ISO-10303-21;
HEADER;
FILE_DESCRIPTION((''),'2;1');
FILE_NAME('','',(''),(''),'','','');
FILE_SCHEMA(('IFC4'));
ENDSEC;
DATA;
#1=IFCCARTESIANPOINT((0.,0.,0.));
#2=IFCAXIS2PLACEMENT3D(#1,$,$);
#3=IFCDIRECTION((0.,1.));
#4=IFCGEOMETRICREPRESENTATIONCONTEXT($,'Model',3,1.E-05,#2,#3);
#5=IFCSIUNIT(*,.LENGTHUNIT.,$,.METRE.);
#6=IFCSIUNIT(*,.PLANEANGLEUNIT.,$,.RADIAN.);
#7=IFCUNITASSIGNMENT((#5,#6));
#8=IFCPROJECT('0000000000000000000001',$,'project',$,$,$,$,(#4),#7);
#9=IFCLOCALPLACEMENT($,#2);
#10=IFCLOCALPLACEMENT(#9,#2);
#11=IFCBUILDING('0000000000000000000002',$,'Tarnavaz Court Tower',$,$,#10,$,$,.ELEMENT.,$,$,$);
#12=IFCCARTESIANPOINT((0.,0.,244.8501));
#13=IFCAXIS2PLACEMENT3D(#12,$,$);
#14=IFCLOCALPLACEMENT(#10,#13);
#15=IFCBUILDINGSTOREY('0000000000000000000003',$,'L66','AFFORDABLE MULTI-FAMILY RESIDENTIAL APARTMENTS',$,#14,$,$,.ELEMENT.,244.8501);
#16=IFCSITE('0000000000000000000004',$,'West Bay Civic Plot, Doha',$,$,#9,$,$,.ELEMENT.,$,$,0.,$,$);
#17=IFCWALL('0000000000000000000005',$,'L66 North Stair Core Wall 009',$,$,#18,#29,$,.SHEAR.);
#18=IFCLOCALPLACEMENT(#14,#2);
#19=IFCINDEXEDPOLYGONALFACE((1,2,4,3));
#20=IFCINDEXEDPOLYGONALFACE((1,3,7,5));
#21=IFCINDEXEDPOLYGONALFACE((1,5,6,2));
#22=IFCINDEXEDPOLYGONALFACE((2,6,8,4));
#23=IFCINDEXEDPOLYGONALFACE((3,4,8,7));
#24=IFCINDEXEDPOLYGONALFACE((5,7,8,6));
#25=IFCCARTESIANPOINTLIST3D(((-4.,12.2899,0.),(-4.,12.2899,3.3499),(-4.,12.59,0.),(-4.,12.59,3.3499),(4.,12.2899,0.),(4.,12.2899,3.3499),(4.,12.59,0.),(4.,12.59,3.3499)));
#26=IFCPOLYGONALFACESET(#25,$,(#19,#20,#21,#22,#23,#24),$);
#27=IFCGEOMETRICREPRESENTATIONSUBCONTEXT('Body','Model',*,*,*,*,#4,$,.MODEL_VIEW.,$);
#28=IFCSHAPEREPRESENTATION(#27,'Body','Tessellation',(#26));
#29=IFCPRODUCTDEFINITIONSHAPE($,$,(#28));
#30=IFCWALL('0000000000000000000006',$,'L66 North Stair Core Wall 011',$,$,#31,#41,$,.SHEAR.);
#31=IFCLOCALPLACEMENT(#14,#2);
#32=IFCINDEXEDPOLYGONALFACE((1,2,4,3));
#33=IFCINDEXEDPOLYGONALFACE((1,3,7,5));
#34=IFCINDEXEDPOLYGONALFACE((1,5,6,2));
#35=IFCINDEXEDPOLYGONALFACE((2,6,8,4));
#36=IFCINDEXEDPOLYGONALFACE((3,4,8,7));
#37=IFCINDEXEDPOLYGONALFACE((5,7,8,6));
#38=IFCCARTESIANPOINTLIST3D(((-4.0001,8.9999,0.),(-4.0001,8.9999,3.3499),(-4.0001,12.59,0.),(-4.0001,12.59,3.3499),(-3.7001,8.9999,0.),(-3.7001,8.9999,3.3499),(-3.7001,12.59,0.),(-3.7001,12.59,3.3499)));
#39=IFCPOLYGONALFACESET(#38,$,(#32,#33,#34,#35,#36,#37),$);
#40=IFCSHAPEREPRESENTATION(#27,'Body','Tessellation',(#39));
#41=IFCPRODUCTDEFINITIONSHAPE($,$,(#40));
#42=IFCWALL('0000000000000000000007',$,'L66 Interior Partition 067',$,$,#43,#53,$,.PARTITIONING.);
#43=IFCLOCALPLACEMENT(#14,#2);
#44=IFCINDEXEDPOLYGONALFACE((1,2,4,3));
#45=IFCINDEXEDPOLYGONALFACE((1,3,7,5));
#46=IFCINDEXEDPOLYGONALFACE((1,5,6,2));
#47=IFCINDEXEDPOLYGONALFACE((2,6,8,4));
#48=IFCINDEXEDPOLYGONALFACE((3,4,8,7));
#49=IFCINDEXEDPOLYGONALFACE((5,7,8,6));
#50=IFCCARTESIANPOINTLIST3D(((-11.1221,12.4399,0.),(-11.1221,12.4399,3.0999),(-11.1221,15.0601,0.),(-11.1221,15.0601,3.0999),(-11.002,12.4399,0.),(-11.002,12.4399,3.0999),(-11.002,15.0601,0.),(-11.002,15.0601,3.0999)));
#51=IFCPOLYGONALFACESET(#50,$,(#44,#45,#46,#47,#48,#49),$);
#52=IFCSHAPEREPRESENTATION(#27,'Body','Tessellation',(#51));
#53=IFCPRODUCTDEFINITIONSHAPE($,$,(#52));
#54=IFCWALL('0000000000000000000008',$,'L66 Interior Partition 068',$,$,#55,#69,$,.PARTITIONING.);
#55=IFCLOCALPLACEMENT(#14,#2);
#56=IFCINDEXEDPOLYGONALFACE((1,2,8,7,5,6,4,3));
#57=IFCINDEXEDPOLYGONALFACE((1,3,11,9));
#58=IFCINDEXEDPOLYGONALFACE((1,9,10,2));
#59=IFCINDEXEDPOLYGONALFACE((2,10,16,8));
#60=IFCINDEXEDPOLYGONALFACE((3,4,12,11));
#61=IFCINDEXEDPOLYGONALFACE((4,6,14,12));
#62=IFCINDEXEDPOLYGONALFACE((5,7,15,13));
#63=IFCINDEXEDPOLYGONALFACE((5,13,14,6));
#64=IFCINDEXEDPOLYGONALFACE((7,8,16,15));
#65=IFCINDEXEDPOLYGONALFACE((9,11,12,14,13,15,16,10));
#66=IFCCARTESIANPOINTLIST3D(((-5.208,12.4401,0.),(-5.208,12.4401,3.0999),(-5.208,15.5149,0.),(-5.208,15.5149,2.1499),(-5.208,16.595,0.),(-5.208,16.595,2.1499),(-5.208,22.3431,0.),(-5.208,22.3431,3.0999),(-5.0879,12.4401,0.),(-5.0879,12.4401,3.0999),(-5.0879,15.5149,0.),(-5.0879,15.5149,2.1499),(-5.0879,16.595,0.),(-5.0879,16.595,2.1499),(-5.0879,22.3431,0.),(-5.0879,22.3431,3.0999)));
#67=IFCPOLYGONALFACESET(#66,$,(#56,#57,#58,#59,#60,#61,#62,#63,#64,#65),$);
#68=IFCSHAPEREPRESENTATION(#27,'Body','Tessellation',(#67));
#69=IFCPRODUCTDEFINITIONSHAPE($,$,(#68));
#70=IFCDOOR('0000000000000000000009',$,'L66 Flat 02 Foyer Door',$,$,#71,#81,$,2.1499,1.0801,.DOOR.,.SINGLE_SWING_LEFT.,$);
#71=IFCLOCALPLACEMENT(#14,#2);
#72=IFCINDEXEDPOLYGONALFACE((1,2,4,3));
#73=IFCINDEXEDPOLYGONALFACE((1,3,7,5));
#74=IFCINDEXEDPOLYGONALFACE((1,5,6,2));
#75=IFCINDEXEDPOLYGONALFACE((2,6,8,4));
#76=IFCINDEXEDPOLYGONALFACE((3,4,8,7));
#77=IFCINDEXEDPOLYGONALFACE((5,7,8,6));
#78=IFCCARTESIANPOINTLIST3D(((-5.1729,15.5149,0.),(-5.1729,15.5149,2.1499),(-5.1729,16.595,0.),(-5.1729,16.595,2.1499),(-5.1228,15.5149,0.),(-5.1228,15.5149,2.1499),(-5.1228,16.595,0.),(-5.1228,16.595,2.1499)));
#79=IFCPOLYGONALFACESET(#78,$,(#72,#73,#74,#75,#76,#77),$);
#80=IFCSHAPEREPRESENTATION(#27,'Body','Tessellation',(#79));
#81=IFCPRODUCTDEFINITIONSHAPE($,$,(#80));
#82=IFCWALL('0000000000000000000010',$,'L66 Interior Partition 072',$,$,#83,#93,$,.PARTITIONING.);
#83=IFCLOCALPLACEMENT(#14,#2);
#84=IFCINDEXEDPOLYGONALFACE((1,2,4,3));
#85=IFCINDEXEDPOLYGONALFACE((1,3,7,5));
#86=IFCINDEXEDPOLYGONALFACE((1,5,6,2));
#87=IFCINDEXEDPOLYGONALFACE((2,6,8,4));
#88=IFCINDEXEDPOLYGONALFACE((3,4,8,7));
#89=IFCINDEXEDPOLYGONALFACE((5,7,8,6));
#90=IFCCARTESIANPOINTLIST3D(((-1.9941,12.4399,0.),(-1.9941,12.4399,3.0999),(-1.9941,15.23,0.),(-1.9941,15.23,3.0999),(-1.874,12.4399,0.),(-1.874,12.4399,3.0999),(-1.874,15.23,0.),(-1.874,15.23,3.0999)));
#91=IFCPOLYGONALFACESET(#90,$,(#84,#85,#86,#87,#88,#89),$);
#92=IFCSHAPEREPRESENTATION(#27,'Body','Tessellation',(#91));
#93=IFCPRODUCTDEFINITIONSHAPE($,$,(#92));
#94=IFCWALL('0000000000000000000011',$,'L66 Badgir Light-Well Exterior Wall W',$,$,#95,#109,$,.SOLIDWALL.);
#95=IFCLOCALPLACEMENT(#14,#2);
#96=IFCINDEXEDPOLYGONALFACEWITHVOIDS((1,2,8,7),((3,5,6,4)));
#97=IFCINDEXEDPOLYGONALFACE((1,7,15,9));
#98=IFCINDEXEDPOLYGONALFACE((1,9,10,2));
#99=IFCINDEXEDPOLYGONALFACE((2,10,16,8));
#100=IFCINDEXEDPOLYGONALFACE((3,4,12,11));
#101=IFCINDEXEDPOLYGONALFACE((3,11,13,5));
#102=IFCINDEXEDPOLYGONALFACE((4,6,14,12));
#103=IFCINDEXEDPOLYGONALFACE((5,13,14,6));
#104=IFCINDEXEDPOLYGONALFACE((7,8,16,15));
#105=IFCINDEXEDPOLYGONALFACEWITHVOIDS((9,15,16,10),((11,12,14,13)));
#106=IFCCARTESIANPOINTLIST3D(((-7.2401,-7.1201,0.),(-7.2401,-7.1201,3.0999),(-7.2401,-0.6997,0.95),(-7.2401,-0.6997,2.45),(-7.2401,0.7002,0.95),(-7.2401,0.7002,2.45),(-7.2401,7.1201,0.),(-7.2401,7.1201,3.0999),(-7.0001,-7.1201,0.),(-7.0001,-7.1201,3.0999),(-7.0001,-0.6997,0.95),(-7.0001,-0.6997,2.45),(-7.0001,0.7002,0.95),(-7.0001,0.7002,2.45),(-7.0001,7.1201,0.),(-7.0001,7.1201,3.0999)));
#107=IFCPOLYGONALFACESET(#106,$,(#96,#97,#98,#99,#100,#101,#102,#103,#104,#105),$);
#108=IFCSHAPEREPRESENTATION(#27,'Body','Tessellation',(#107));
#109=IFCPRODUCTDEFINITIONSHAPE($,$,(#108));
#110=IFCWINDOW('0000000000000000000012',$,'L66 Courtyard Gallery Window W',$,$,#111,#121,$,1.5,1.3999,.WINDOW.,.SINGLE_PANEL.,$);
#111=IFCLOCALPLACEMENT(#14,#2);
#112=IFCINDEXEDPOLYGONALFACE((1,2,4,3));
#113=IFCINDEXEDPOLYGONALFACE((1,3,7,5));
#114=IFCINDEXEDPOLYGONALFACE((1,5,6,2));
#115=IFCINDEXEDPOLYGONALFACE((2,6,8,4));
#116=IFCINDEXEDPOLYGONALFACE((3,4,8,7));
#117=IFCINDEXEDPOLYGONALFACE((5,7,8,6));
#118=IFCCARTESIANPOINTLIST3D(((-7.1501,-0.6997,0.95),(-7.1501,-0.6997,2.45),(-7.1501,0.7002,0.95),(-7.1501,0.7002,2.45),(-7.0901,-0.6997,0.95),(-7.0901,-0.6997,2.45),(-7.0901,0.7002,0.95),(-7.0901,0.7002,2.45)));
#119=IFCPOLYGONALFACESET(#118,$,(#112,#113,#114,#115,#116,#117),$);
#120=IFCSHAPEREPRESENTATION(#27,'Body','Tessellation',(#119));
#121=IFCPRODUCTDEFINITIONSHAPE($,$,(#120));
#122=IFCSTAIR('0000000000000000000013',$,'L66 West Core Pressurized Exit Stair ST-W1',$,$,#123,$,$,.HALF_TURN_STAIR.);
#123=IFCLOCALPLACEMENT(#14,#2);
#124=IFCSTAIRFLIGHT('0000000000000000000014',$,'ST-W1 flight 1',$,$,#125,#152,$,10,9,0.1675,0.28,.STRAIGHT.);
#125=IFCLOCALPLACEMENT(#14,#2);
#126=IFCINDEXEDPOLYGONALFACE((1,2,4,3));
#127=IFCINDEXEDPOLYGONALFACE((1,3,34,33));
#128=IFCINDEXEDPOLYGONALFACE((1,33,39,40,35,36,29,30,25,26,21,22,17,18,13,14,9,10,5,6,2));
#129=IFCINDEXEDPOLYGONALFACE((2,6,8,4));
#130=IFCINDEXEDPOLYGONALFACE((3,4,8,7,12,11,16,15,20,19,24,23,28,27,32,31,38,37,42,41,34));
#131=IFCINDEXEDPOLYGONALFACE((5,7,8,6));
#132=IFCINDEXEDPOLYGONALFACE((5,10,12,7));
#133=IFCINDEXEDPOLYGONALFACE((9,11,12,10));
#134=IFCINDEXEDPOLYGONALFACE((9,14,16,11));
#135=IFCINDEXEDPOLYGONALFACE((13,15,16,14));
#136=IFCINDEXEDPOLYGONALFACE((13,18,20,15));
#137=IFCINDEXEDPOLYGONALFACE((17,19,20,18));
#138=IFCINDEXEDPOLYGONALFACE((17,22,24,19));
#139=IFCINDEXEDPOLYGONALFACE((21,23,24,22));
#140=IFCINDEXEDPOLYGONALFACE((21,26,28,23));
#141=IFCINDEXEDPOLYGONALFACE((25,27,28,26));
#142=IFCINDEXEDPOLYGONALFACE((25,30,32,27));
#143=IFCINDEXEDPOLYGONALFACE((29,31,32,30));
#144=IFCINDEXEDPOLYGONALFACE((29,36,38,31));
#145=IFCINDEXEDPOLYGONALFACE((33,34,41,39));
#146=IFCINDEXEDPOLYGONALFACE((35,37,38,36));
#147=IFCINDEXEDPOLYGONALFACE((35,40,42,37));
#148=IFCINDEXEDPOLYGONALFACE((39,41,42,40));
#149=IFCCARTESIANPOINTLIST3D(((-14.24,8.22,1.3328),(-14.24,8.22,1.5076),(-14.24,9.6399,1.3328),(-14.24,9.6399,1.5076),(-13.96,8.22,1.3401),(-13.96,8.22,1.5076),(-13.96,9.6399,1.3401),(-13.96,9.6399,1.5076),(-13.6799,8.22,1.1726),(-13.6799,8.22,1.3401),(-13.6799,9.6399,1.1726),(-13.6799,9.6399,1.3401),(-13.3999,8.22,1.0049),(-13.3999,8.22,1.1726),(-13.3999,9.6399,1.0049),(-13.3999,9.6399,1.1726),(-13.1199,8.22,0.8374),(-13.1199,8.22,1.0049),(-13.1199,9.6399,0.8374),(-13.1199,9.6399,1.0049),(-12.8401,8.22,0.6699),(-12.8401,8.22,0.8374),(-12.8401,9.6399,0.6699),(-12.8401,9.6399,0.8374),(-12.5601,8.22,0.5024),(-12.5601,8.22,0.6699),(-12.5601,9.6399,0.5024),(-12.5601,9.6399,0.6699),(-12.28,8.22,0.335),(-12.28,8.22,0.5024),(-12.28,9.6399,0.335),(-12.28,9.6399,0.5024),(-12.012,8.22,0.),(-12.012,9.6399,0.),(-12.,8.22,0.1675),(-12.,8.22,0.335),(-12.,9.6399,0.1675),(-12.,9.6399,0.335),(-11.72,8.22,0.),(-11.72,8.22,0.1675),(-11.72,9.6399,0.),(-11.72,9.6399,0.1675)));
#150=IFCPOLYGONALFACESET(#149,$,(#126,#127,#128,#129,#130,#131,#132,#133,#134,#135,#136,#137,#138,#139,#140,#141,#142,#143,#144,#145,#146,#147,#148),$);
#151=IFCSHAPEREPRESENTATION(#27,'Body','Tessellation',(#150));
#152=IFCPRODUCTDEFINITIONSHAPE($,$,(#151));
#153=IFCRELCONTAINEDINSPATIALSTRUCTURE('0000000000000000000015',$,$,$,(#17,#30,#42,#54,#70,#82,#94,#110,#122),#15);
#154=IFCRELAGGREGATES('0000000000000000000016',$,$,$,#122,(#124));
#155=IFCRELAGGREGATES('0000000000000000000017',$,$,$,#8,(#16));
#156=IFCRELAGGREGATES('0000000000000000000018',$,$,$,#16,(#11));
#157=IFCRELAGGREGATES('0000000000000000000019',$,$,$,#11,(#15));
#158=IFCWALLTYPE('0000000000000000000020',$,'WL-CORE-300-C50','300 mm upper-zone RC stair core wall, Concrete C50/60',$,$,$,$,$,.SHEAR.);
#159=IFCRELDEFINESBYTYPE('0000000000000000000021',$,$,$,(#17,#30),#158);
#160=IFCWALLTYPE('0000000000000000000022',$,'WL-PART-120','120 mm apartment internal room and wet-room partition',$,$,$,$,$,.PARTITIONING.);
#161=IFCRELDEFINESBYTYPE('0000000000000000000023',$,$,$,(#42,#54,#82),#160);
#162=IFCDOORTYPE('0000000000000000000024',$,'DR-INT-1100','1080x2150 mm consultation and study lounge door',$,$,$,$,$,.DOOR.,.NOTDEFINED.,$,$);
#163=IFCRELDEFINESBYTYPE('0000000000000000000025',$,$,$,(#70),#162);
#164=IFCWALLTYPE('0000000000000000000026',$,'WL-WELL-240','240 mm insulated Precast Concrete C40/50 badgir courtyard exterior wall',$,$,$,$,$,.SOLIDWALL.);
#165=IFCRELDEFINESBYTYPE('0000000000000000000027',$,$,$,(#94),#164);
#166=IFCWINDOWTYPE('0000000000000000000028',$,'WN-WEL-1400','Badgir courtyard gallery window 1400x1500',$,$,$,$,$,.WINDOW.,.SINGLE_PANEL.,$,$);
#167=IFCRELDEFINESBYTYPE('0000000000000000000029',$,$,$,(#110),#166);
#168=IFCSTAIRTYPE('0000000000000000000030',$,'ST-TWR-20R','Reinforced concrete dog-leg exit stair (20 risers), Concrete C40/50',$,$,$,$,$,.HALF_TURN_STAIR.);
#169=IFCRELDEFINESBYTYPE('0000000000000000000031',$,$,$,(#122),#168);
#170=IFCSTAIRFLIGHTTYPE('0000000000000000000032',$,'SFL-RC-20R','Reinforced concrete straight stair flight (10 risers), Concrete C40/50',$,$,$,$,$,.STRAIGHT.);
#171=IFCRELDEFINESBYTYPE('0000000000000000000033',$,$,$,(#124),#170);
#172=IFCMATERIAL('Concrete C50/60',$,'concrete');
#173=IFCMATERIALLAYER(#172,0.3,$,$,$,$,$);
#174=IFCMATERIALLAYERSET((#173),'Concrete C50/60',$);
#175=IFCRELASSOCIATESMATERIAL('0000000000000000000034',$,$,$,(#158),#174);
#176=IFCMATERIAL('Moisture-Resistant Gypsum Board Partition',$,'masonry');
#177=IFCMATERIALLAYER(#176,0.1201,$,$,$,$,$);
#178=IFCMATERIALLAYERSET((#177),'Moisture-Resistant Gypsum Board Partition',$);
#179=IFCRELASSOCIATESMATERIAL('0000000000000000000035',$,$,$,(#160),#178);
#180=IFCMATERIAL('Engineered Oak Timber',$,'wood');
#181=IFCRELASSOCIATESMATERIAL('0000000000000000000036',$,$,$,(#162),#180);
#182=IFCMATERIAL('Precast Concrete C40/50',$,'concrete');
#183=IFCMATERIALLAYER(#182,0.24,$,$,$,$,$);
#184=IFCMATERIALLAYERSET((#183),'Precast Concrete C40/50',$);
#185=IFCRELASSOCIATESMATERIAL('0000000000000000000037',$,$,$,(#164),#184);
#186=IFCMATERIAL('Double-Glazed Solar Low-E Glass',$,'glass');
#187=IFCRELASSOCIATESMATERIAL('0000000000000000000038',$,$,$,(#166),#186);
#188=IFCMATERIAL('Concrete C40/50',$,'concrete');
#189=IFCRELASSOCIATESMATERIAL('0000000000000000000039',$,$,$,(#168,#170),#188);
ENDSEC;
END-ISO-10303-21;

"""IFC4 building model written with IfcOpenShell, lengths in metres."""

from ifc_helpers import new_model, si_unit, direction, frame, frame_2d, origin, place, context, subcontext, project, spatial, polyline, rectangle, outline, extrude, material, layer, layer_set, type_object, element, fill, aggregate, save


model = new_model("IFC4")

# Units and contexts
model_context = context("Model", 3, precision=1e-05, world=origin(), true_north=direction((0.0, 1.0)))
body_context = subcontext(model_context, "Body", "Model", "MODEL_VIEW")
ifc_project = project(units=[si_unit("LENGTHUNIT", "METRE"), si_unit("PLANEANGLEUNIT", "RADIAN")], contexts=[model_context])

# Site, building, storey
site_placement = place(None, origin())
site = spatial("IfcSite", under=ifc_project, at=site_placement, Name="West Bay Civic Plot, Doha", CompositionType="ELEMENT", RefElevation=0.0)
building_placement = place(site_placement, origin())
building = spatial("IfcBuilding", under=site, at=building_placement, Name="Tarnavaz Court Tower", CompositionType="ELEMENT")
storey_placement = place(building_placement, frame((0.0, 0.0, 244.8501)))
storey = spatial("IfcBuildingStorey", under=building, at=storey_placement, Name="L66", Description="AFFORDABLE MULTI-FAMILY RESIDENTIAL APARTMENTS", CompositionType="ELEMENT", Elevation=244.8501)

# Shared definitions
ifc_material_1 = material(Name="Concrete C50/60", Category="concrete")

# Wall
ifc_layer_1 = layer(ifc_material_1, 0.3)
ifc_layer_set_1 = layer_set([ifc_layer_1], Name="Concrete C50/60")
wall_type_1 = type_object("IfcWallType", Name="WL-CORE-300-C50", Description="300 mm upper-zone RC stair core wall, Concrete C50/60", PredefinedType="SHEAR", material=ifc_layer_set_1)
wall_1_placement = place(storey_placement, frame((-4.0, 12.4399, 0.0), z_axis=(0.0, 0.0, 1.0), x_axis=(1.0, 0.0, 0.0)))
element("IfcWall", 1, at=wall_1_placement, inside=storey, type_object=wall_type_1, Name="L66 North Stair Core Wall 009", PredefinedType="SHEAR", context=body_context, shape_type="SweptSolid", body=[
    extrude(rectangle(XDim=8.0, YDim=0.3, at=frame_2d((4.0, 0.0))), origin(), (0.0, 0.0, 1.0), 3.3499),
])

# Wall
wall_2_placement = place(storey_placement, frame((-3.8501, 9.0, 0.0), z_axis=(0.0, 0.0, 1.0), x_axis=(0.0, 1.0, 0.0)))
element("IfcWall", 2, at=wall_2_placement, inside=storey, type_object=wall_type_1, Name="L66 North Stair Core Wall 011", PredefinedType="SHEAR", context=body_context, shape_type="SweptSolid", body=[
    extrude(rectangle(XDim=3.5901, YDim=0.3, at=frame_2d((1.7949, 0.0))), origin(), (0.0, 0.0, 1.0), 3.3499),
])

# Wall
ifc_material_2 = material(Name="Moisture-Resistant Gypsum Board Partition", Category="masonry")
ifc_layer_2 = layer(ifc_material_2, 0.1201)
ifc_layer_set_2 = layer_set([ifc_layer_2], Name="Moisture-Resistant Gypsum Board Partition")
wall_type_2 = type_object("IfcWallType", Name="WL-PART-120", Description="120 mm apartment internal room and wet-room partition", PredefinedType="PARTITIONING", material=ifc_layer_set_2)
wall_3_placement = place(storey_placement, frame((-11.062, 12.4399, 0.0), z_axis=(0.0, 0.0, 1.0), x_axis=(0.0, 1.0, 0.0)))
element("IfcWall", 3, at=wall_3_placement, inside=storey, type_object=wall_type_2, Name="L66 Interior Partition 067", PredefinedType="PARTITIONING", context=body_context, shape_type="SweptSolid", body=[
    extrude(rectangle(XDim=2.6201, YDim=0.1201, at=frame_2d((1.3101, 0.0))), origin(), (0.0, 0.0, 1.0), 3.0999),
])

# Wall, opening, door
wall_4_placement = place(storey_placement, frame((-5.1479, 12.4399, 0.0), z_axis=(0.0, 0.0, 1.0), x_axis=(0.0, 1.0, 0.0)))
wall_4 = element("IfcWall", 4, at=wall_4_placement, inside=storey, type_object=wall_type_2, Name="L66 Interior Partition 068", PredefinedType="PARTITIONING", context=body_context, shape_type="SweptSolid", body=[
    extrude(rectangle(XDim=9.9031, YDim=0.1201, at=frame_2d((4.9517, 0.0))), origin(), (0.0, 0.0, 1.0), 3.0999),
])
opening_1_placement = place(wall_4_placement, frame((3.075, 0.0, 0.0)))
opening_1 = element("IfcOpeningElement", 5, at=opening_1_placement, cuts=wall_4, PredefinedType="OPENING", context=body_context, shape_type="SweptSolid", body=[
    extrude(rectangle(XDim=1.0801, YDim=2.1499, at=frame_2d((0.54, 1.075))), frame((0.0, 0.0701, 0.0), z_axis=(0.0, -1.0, 0.0), x_axis=(1.0, 0.0, 0.0)), (0.0, 0.0, 1.0), 0.1401),
])
ifc_material_3 = material(Name="Engineered Oak Timber", Category="wood")
door_type_1 = type_object("IfcDoorType", Name="DR-INT-1100", Description="1080x2150 mm consultation and study lounge door", OperationType="NOTDEFINED", PredefinedType="DOOR", material=ifc_material_3)
door_1_placement = place(opening_1_placement, origin())
door_1 = element("IfcDoor", 6, at=door_1_placement, inside=storey, type_object=door_type_1, Name="L66 Flat 02 Foyer Door", OperationType="SINGLE_SWING_LEFT", OverallHeight=2.1499, OverallWidth=1.0801, PredefinedType="DOOR", context=body_context, shape_type="SweptSolid", body=[
    extrude(rectangle(XDim=1.0801, YDim=2.1499, at=frame_2d((0.54, 1.075))), frame((0.0, 0.0249, 0.0), z_axis=(0.0, -1.0, 0.0), x_axis=(1.0, 0.0, 0.0)), (0.0, 0.0, 1.0), 0.05),
])
fill(opening_1, door_1)

# Wall
wall_5_placement = place(storey_placement, frame((-1.9341, 12.4399, 0.0), z_axis=(0.0, 0.0, 1.0), x_axis=(0.0, 1.0, 0.0)))
element("IfcWall", 7, at=wall_5_placement, inside=storey, type_object=wall_type_2, Name="L66 Interior Partition 072", PredefinedType="PARTITIONING", context=body_context, shape_type="SweptSolid", body=[
    extrude(rectangle(XDim=2.79, YDim=0.1201, at=frame_2d((1.395, 0.0))), origin(), (0.0, 0.0, 1.0), 3.0999),
])

# Wall, opening, window
ifc_material_4 = material(Name="Precast Concrete C40/50", Category="concrete")
ifc_layer_3 = layer(ifc_material_4, 0.24)
ifc_layer_set_3 = layer_set([ifc_layer_3], Name="Precast Concrete C40/50")
wall_type_3 = type_object("IfcWallType", Name="WL-WELL-240", Description="240 mm insulated Precast Concrete C40/50 badgir courtyard exterior wall", PredefinedType="SOLIDWALL", material=ifc_layer_set_3)
wall_6_placement = place(storey_placement, frame((-7.1201, 7.1201, 0.0), z_axis=(0.0, 0.0, 1.0), x_axis=(0.0, -1.0, 0.0)))
wall_6 = element("IfcWall", 8, at=wall_6_placement, inside=storey, type_object=wall_type_3, Name="L66 Badgir Light-Well Exterior Wall W", PredefinedType="SOLIDWALL", context=body_context, shape_type="SweptSolid", body=[
    extrude(rectangle(XDim=14.2402, YDim=0.24, at=frame_2d((7.1201, 0.0))), origin(), (0.0, 0.0, 1.0), 3.0999),
])
opening_2_placement = place(wall_6_placement, frame((6.4199, 0.0, 0.95)))
opening_2 = element("IfcOpeningElement", 9, at=opening_2_placement, cuts=wall_6, PredefinedType="OPENING", context=body_context, shape_type="SweptSolid", body=[
    extrude(rectangle(XDim=1.3999, YDim=1.5, at=frame_2d((0.7, 0.75))), frame((0.0, 0.1299, 0.0), z_axis=(0.0, -1.0, 0.0), x_axis=(1.0, 0.0, 0.0)), (0.0, 0.0, 1.0), 0.26),
])
ifc_material_5 = material(Name="Double-Glazed Solar Low-E Glass", Category="glass")
window_type = type_object("IfcWindowType", Name="WN-WEL-1400", Description="Badgir courtyard gallery window 1400x1500", PartitioningType="SINGLE_PANEL", PredefinedType="WINDOW", material=ifc_material_5)
window_placement = place(opening_2_placement, origin())
window = element("IfcWindow", 10, at=window_placement, inside=storey, type_object=window_type, Name="L66 Courtyard Gallery Window W", OverallHeight=1.5, OverallWidth=1.3999, PartitioningType="SINGLE_PANEL", PredefinedType="WINDOW", context=body_context, shape_type="SweptSolid", body=[
    extrude(rectangle(XDim=1.3999, YDim=1.5, at=frame_2d((0.7, 0.75))), frame((0.0, 0.03, 0.0), z_axis=(0.0, -1.0, 0.0), x_axis=(1.0, 0.0, 0.0)), (0.0, 0.0, 1.0), 0.0601),
])
fill(opening_2, window)

# Stair, stair flight
ifc_material_6 = material(Name="Concrete C40/50", Category="concrete")
stair_type = type_object("IfcStairType", Name="ST-TWR-20R", Description="Reinforced concrete dog-leg exit stair (20 risers), Concrete C40/50", PredefinedType="HALF_TURN_STAIR", material=ifc_material_6)
stair_1_placement = place(storey_placement, origin())
stair_1 = element("IfcStair", 11, at=stair_1_placement, inside=storey, type_object=stair_type, Name="L66 West Core Pressurized Exit Stair ST-W1", PredefinedType="HALF_TURN_STAIR")
stair_flight_type = type_object("IfcStairFlightType", Name="SFL-RC-20R", Description="Reinforced concrete straight stair flight (10 risers), Concrete C40/50", PredefinedType="STRAIGHT", material=ifc_material_6)
stair_flight_1_placement = place(storey_placement, frame((-11.72, 8.9299, 0.0), z_axis=(0.0, 0.0, 1.0), x_axis=(-1.0, 0.0, 0.0)))
stair_flight_1 = element("IfcStairFlight", 12, at=stair_flight_1_placement, type_object=stair_flight_type, Name="ST-W1 flight 1", NumberOfRisers=10, NumberOfTreads=9, PredefinedType="STRAIGHT", RiserHeight=0.1675, TreadLength=0.28, context=body_context, shape_type="SweptSolid", body=[
    extrude(outline(polyline([(0.0, 0.0), (0.0, 0.1675), (0.28, 0.1675), (0.28, 0.335), (0.5601, 0.335), (0.5601, 0.5024), (0.8401, 0.5024), (0.8401, 0.6699), (1.1201, 0.6699), (1.1201, 0.8374), (1.3999, 0.8374), (1.3999, 1.0049), (1.6799, 1.0049), (1.6799, 1.1726), (1.96, 1.1726), (1.96, 1.3401), (2.24, 1.3401), (2.24, 1.5076), (2.52, 1.5076), (2.52, 1.675), (2.52, 1.3328), (0.292, 0.0), (0.0, 0.0)])), frame((0.0, 0.71, 0.0), z_axis=(0.0, -1.0, 0.0), x_axis=(1.0, 0.0, 0.0)), (0.0, 0.0, 1.0), 1.4199),
])
aggregate(stair_1, [stair_flight_1])

save(model, "model.ifc")
